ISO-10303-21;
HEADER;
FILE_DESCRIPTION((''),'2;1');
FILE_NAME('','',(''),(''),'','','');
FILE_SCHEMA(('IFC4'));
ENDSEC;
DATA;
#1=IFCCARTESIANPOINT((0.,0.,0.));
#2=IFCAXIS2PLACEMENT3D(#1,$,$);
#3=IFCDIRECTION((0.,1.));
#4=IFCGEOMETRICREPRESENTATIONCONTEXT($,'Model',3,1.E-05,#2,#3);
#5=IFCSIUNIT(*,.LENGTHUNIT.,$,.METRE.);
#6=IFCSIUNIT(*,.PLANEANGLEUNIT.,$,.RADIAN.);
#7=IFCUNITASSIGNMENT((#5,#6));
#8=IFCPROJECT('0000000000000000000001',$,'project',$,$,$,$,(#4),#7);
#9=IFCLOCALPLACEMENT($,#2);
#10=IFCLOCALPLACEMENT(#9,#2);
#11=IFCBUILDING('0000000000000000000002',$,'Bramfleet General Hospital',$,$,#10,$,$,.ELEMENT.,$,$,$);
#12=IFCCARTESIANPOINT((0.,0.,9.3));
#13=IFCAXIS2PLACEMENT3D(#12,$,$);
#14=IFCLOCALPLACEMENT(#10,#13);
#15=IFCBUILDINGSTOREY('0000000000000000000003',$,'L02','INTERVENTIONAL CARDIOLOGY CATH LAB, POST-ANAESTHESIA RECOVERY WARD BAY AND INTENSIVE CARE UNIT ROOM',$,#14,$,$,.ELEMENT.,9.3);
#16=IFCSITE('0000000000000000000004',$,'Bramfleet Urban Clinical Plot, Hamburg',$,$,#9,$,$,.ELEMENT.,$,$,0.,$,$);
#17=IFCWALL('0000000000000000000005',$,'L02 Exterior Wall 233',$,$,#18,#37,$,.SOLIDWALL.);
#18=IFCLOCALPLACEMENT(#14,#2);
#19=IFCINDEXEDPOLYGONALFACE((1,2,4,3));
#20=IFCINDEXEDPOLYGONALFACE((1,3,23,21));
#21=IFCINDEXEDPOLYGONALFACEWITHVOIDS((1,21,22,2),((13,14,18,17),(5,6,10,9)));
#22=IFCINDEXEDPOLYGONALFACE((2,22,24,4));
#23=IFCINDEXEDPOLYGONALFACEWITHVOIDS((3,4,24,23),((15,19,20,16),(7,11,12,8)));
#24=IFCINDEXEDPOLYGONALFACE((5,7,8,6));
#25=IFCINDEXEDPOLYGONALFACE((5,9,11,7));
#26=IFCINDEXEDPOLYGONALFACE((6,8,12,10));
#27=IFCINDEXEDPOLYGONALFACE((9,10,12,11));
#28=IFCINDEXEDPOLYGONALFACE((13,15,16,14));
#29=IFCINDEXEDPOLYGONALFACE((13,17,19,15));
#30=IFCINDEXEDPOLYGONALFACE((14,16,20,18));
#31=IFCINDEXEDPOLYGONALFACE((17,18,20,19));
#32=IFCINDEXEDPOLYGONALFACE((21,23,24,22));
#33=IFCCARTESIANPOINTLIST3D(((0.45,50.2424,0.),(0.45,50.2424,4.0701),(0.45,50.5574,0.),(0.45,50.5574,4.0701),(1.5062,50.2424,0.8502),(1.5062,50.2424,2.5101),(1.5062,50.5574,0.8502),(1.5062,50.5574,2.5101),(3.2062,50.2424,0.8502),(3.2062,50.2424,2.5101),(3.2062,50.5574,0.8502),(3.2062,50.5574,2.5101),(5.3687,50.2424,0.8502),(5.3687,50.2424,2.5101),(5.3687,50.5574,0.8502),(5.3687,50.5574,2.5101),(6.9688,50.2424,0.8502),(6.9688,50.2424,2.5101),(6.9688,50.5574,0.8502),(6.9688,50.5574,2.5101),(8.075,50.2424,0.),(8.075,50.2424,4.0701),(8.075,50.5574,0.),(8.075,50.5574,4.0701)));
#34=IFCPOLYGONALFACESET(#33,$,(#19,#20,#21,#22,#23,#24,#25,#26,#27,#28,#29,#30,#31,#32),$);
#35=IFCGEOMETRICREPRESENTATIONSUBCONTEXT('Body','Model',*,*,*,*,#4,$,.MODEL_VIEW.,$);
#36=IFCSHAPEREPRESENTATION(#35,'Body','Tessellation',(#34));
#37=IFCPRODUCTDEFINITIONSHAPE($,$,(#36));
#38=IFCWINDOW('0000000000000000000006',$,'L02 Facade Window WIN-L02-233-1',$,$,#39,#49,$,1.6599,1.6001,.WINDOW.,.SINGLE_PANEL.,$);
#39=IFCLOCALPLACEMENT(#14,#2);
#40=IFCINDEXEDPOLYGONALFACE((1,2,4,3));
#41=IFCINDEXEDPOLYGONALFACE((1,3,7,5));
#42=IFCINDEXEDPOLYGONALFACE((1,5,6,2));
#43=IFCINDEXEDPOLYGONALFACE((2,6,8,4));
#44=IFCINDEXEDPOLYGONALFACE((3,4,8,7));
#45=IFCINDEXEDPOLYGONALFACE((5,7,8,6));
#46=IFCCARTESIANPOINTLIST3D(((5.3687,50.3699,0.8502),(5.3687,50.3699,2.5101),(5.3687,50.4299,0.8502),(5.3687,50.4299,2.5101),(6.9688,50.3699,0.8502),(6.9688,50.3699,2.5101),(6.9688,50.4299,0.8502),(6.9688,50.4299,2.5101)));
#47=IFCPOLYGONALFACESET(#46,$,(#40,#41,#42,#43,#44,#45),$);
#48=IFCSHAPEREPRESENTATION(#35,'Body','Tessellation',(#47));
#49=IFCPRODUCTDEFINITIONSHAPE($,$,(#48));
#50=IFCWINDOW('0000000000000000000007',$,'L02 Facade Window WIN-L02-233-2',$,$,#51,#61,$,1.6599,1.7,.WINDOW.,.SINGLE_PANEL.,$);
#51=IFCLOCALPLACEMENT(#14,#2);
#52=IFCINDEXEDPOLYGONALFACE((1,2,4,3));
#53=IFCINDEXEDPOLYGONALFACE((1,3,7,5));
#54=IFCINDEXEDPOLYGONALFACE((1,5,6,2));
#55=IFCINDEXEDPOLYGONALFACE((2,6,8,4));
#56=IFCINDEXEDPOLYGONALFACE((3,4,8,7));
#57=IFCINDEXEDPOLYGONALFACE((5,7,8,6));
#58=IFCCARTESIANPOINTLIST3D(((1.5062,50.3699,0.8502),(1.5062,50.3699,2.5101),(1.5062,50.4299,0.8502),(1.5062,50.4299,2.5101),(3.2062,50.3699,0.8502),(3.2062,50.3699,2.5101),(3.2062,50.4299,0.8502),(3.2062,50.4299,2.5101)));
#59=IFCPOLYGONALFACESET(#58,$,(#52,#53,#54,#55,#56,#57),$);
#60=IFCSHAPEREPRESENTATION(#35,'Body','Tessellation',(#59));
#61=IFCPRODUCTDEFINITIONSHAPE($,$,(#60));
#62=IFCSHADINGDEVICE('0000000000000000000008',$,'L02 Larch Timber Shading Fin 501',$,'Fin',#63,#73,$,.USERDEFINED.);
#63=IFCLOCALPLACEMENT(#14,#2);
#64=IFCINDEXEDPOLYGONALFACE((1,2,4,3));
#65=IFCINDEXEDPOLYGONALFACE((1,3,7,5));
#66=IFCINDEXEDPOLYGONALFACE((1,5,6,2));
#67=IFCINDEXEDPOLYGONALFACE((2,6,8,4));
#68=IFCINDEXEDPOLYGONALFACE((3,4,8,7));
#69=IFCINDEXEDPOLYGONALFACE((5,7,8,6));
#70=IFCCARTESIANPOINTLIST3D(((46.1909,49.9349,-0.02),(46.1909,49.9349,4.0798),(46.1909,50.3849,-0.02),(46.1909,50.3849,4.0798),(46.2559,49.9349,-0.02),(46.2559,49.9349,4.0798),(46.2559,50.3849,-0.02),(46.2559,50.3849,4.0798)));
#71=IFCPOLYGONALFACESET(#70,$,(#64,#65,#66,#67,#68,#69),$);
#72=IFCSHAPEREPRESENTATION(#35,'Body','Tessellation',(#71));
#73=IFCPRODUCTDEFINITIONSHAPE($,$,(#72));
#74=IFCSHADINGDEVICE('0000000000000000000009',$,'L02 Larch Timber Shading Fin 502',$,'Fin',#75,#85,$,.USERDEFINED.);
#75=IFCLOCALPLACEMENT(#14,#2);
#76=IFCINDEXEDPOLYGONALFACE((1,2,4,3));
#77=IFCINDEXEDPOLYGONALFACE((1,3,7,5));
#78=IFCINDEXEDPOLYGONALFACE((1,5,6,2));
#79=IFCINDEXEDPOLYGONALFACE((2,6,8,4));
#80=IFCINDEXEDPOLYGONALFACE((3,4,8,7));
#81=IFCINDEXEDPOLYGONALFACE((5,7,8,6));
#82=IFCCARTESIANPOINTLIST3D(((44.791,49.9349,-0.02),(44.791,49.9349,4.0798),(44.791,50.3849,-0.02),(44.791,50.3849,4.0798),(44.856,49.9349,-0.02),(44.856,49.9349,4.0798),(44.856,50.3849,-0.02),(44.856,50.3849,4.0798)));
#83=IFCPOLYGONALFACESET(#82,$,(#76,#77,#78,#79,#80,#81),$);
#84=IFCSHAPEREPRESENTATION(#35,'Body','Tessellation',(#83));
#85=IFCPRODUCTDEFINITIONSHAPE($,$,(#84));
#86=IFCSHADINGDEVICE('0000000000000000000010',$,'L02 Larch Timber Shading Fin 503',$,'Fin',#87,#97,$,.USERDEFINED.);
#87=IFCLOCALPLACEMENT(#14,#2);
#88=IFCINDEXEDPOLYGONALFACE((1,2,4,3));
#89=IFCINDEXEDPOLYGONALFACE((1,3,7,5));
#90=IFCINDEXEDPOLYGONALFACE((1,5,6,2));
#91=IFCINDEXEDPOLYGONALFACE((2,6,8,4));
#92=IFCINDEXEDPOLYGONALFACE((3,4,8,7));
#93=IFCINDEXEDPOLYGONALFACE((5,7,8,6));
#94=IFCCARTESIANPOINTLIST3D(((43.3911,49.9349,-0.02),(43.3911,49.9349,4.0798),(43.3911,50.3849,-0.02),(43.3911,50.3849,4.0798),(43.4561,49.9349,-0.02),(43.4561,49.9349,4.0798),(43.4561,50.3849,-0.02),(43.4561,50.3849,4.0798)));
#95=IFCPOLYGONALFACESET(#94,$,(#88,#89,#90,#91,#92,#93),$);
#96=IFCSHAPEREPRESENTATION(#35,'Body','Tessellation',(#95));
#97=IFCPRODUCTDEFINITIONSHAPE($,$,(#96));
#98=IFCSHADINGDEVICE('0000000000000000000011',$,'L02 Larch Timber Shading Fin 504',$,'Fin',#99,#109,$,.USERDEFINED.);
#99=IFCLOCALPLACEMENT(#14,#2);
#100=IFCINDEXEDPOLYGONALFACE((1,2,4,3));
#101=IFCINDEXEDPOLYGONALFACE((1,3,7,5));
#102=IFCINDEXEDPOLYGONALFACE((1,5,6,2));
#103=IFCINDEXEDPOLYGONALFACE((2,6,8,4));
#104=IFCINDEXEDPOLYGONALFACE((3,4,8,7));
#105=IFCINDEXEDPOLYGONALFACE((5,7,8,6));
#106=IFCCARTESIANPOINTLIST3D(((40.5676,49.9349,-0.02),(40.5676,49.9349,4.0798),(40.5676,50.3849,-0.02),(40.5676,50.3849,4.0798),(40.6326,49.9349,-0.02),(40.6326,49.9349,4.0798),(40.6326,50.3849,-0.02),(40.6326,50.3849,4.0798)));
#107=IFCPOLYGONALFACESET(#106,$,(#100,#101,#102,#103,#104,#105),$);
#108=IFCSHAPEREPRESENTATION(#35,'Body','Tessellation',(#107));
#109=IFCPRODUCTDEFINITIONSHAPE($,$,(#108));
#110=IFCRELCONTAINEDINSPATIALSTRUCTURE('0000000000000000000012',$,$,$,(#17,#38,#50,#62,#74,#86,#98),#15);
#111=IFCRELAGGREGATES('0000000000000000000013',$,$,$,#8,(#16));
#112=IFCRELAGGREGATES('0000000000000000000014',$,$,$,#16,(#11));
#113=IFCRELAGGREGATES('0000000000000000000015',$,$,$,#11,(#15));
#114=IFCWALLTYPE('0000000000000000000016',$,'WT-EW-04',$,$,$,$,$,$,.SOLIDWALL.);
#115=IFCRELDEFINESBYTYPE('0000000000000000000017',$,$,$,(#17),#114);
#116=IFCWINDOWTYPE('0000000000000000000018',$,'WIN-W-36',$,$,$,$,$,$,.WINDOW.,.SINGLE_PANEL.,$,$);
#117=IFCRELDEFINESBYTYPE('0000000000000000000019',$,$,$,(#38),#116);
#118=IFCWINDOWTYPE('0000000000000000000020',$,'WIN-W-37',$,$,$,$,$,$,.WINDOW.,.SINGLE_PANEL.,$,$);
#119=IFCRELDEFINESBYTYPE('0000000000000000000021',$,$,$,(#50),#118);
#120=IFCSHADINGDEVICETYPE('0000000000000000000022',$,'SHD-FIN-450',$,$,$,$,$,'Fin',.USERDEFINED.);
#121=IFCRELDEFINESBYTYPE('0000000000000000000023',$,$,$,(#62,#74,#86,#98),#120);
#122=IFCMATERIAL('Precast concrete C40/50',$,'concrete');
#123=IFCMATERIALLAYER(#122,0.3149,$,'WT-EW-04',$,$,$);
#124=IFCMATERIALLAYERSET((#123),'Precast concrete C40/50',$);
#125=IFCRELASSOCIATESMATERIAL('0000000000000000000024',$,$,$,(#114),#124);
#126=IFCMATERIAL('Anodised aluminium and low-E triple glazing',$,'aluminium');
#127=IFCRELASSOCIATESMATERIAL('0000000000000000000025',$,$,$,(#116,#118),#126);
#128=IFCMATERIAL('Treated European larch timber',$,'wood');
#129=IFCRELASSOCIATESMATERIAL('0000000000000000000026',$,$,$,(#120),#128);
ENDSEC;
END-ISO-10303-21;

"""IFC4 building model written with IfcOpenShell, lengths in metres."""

from ifc_helpers import new_model, si_unit, direction, frame, frame_2d, origin, origin_2d, place, context, subcontext, project, spatial, rectangle, extrude, material, layer, layer_set, material_profile, profile_set, type_object, element, fill, save


model = new_model("IFC4")

# Units and contexts
model_context = context("Model", 3, precision=1e-05, world=origin(), true_north=direction((0.0, 1.0)))
body_context = subcontext(model_context, "Body", "Model", "MODEL_VIEW")
ifc_project = project(units=[si_unit("LENGTHUNIT", "METRE"), si_unit("PLANEANGLEUNIT", "RADIAN")], contexts=[model_context])

# Site, building, storey
site_placement = place(None, origin())
site = spatial("IfcSite", under=ifc_project, at=site_placement, Name="Bramfleet Urban Clinical Plot, Hamburg", CompositionType="ELEMENT", RefElevation=0.0)
building_placement = place(site_placement, origin())
building = spatial("IfcBuilding", under=site, at=building_placement, Name="Bramfleet General Hospital", CompositionType="ELEMENT")
storey_placement = place(building_placement, frame((0.0, 0.0, 9.3)))
storey = spatial("IfcBuildingStorey", under=building, at=storey_placement, Name="L02", Description="INTERVENTIONAL CARDIOLOGY CATH LAB, POST-ANAESTHESIA RECOVERY WARD BAY AND INTENSIVE CARE UNIT ROOM", CompositionType="ELEMENT", Elevation=9.3)

# Shared definitions
ifc_material_1 = material(Name="Anodised aluminium and low-E triple glazing", Category="aluminium")

# Wall, openings, windows
ifc_material_2 = material(Name="Precast concrete C40/50", Category="concrete")
ifc_layer_1 = layer(ifc_material_2, 0.3149, Name="WT-EW-04")
ifc_layer_set_1 = layer_set([ifc_layer_1], Name="Precast concrete C40/50")
wall_type = type_object("IfcWallType", Name="WT-EW-04", PredefinedType="SOLIDWALL", material=ifc_layer_set_1)
wall_placement = place(storey_placement, frame((8.075, 50.3999, 0.0), z_axis=(0.0, 0.0, 1.0), x_axis=(-1.0, 0.0, 0.0)))
wall = element("IfcWall", 1, at=wall_placement, inside=storey, type_object=wall_type, Name="L02 Exterior Wall 233", PredefinedType="SOLIDWALL", context=body_context, shape_type="SweptSolid", body=[
    extrude(rectangle(XDim=7.625, YDim=0.3149, at=frame_2d((3.8125, 0.0))), origin(), (0.0, 0.0, 1.0), 4.0701),
])
opening_1_placement = place(wall_placement, frame((1.1062, 0.0, 0.8501)))
opening_1 = element("IfcOpeningElement", 2, at=opening_1_placement, cuts=wall, PredefinedType="OPENING", context=body_context, shape_type="SweptSolid", body=[
    extrude(rectangle(XDim=1.6001, YDim=1.6599, at=frame_2d((0.8, 0.8301))), frame((0.0, 0.1675, 0.0), z_axis=(0.0, -1.0, 0.0), x_axis=(1.0, 0.0, 0.0)), (0.0, 0.0, 1.0), 0.335),
])
opening_2_placement = place(wall_placement, frame((4.8687, 0.0, 0.8501)))
opening_2 = element("IfcOpeningElement", 3, at=opening_2_placement, cuts=wall, PredefinedType="OPENING", context=body_context, shape_type="SweptSolid", body=[
    extrude(rectangle(XDim=1.7, YDim=1.6599, at=frame_2d((0.8501, 0.8301))), frame((0.0, 0.1675, 0.0), z_axis=(0.0, -1.0, 0.0), x_axis=(1.0, 0.0, 0.0)), (0.0, 0.0, 1.0), 0.335),
])
window_type_1 = type_object("IfcWindowType", Name="WIN-W-36", PartitioningType="SINGLE_PANEL", PredefinedType="WINDOW", material=ifc_material_1)
window_1_placement = place(opening_1_placement, origin())
window_1 = element("IfcWindow", 4, at=window_1_placement, inside=storey, type_object=window_type_1, Name="L02 Facade Window WIN-L02-233-1", OverallHeight=1.6599, OverallWidth=1.6001, PartitioningType="SINGLE_PANEL", PredefinedType="WINDOW", context=body_context, shape_type="SweptSolid", body=[
    extrude(rectangle(XDim=1.6001, YDim=1.6599, at=frame_2d((0.8, 0.8301))), frame((0.0, 0.03, 0.0), z_axis=(0.0, -1.0, 0.0), x_axis=(1.0, 0.0, 0.0)), (0.0, 0.0, 1.0), 0.0601),
])
fill(opening_1, window_1)
window_type_2 = type_object("IfcWindowType", Name="WIN-W-37", PartitioningType="SINGLE_PANEL", PredefinedType="WINDOW", material=ifc_material_1)
window_2_placement = place(opening_2_placement, origin())
window_2 = element("IfcWindow", 5, at=window_2_placement, inside=storey, type_object=window_type_2, Name="L02 Facade Window WIN-L02-233-2", OverallHeight=1.6599, OverallWidth=1.7, PartitioningType="SINGLE_PANEL", PredefinedType="WINDOW", context=body_context, shape_type="SweptSolid", body=[
    extrude(rectangle(XDim=1.7, YDim=1.6599, at=frame_2d((0.8501, 0.8301))), frame((0.0, 0.03, 0.0), z_axis=(0.0, -1.0, 0.0), x_axis=(1.0, 0.0, 0.0)), (0.0, 0.0, 1.0), 0.0601),
])
fill(opening_2, window_2)

# Shading devices
ifc_material_3 = material(Name="Treated European larch timber", Category="wood")
ifc_material_profile_1 = material_profile(ifc_material_3, rectangle(XDim=0.0649, YDim=0.45, at=origin_2d()), Name="LARCH FIN 450x65")
ifc_profile_set_1 = profile_set([ifc_material_profile_1], Name="Treated European larch timber")
shading_device_type = type_object("IfcShadingDeviceType", Name="SHD-FIN-450", ElementType="Fin", PredefinedType="USERDEFINED", material=ifc_profile_set_1)
for number, where, z_axis, x_axis, name in (
    (6, (46.2234, 50.1599, -0.02), (0.0, 0.0, 1.0), (-1.0, 0.0, 0.0), "L02 Larch Timber Shading Fin 501"),
    (7, (44.8235, 50.1599, -0.02), (0.0, 0.0, 1.0), (-1.0, 0.0, 0.0), "L02 Larch Timber Shading Fin 502"),
    (8, (43.4236, 50.1599, -0.02), (0.0, 0.0, 1.0), (-1.0, 0.0, 0.0), "L02 Larch Timber Shading Fin 503"),
    (9, (40.6001, 50.1599, -0.02), (0.0, 0.0, 1.0), (-1.0, 0.0, 0.0), "L02 Larch Timber Shading Fin 504"),
):
    element("IfcShadingDevice", number, at=place(storey_placement, frame(where, z_axis=z_axis, x_axis=x_axis)), inside=storey, type_object=shading_device_type, Name=name, ObjectType="Fin", PredefinedType="USERDEFINED", context=body_context, shape_type="SweptSolid", body=[
        extrude(rectangle(XDim=0.0649, YDim=0.45, at=origin_2d()), origin(), (0.0, 0.0, 1.0), 4.0999),
    ])

save(model, "model.ifc")
